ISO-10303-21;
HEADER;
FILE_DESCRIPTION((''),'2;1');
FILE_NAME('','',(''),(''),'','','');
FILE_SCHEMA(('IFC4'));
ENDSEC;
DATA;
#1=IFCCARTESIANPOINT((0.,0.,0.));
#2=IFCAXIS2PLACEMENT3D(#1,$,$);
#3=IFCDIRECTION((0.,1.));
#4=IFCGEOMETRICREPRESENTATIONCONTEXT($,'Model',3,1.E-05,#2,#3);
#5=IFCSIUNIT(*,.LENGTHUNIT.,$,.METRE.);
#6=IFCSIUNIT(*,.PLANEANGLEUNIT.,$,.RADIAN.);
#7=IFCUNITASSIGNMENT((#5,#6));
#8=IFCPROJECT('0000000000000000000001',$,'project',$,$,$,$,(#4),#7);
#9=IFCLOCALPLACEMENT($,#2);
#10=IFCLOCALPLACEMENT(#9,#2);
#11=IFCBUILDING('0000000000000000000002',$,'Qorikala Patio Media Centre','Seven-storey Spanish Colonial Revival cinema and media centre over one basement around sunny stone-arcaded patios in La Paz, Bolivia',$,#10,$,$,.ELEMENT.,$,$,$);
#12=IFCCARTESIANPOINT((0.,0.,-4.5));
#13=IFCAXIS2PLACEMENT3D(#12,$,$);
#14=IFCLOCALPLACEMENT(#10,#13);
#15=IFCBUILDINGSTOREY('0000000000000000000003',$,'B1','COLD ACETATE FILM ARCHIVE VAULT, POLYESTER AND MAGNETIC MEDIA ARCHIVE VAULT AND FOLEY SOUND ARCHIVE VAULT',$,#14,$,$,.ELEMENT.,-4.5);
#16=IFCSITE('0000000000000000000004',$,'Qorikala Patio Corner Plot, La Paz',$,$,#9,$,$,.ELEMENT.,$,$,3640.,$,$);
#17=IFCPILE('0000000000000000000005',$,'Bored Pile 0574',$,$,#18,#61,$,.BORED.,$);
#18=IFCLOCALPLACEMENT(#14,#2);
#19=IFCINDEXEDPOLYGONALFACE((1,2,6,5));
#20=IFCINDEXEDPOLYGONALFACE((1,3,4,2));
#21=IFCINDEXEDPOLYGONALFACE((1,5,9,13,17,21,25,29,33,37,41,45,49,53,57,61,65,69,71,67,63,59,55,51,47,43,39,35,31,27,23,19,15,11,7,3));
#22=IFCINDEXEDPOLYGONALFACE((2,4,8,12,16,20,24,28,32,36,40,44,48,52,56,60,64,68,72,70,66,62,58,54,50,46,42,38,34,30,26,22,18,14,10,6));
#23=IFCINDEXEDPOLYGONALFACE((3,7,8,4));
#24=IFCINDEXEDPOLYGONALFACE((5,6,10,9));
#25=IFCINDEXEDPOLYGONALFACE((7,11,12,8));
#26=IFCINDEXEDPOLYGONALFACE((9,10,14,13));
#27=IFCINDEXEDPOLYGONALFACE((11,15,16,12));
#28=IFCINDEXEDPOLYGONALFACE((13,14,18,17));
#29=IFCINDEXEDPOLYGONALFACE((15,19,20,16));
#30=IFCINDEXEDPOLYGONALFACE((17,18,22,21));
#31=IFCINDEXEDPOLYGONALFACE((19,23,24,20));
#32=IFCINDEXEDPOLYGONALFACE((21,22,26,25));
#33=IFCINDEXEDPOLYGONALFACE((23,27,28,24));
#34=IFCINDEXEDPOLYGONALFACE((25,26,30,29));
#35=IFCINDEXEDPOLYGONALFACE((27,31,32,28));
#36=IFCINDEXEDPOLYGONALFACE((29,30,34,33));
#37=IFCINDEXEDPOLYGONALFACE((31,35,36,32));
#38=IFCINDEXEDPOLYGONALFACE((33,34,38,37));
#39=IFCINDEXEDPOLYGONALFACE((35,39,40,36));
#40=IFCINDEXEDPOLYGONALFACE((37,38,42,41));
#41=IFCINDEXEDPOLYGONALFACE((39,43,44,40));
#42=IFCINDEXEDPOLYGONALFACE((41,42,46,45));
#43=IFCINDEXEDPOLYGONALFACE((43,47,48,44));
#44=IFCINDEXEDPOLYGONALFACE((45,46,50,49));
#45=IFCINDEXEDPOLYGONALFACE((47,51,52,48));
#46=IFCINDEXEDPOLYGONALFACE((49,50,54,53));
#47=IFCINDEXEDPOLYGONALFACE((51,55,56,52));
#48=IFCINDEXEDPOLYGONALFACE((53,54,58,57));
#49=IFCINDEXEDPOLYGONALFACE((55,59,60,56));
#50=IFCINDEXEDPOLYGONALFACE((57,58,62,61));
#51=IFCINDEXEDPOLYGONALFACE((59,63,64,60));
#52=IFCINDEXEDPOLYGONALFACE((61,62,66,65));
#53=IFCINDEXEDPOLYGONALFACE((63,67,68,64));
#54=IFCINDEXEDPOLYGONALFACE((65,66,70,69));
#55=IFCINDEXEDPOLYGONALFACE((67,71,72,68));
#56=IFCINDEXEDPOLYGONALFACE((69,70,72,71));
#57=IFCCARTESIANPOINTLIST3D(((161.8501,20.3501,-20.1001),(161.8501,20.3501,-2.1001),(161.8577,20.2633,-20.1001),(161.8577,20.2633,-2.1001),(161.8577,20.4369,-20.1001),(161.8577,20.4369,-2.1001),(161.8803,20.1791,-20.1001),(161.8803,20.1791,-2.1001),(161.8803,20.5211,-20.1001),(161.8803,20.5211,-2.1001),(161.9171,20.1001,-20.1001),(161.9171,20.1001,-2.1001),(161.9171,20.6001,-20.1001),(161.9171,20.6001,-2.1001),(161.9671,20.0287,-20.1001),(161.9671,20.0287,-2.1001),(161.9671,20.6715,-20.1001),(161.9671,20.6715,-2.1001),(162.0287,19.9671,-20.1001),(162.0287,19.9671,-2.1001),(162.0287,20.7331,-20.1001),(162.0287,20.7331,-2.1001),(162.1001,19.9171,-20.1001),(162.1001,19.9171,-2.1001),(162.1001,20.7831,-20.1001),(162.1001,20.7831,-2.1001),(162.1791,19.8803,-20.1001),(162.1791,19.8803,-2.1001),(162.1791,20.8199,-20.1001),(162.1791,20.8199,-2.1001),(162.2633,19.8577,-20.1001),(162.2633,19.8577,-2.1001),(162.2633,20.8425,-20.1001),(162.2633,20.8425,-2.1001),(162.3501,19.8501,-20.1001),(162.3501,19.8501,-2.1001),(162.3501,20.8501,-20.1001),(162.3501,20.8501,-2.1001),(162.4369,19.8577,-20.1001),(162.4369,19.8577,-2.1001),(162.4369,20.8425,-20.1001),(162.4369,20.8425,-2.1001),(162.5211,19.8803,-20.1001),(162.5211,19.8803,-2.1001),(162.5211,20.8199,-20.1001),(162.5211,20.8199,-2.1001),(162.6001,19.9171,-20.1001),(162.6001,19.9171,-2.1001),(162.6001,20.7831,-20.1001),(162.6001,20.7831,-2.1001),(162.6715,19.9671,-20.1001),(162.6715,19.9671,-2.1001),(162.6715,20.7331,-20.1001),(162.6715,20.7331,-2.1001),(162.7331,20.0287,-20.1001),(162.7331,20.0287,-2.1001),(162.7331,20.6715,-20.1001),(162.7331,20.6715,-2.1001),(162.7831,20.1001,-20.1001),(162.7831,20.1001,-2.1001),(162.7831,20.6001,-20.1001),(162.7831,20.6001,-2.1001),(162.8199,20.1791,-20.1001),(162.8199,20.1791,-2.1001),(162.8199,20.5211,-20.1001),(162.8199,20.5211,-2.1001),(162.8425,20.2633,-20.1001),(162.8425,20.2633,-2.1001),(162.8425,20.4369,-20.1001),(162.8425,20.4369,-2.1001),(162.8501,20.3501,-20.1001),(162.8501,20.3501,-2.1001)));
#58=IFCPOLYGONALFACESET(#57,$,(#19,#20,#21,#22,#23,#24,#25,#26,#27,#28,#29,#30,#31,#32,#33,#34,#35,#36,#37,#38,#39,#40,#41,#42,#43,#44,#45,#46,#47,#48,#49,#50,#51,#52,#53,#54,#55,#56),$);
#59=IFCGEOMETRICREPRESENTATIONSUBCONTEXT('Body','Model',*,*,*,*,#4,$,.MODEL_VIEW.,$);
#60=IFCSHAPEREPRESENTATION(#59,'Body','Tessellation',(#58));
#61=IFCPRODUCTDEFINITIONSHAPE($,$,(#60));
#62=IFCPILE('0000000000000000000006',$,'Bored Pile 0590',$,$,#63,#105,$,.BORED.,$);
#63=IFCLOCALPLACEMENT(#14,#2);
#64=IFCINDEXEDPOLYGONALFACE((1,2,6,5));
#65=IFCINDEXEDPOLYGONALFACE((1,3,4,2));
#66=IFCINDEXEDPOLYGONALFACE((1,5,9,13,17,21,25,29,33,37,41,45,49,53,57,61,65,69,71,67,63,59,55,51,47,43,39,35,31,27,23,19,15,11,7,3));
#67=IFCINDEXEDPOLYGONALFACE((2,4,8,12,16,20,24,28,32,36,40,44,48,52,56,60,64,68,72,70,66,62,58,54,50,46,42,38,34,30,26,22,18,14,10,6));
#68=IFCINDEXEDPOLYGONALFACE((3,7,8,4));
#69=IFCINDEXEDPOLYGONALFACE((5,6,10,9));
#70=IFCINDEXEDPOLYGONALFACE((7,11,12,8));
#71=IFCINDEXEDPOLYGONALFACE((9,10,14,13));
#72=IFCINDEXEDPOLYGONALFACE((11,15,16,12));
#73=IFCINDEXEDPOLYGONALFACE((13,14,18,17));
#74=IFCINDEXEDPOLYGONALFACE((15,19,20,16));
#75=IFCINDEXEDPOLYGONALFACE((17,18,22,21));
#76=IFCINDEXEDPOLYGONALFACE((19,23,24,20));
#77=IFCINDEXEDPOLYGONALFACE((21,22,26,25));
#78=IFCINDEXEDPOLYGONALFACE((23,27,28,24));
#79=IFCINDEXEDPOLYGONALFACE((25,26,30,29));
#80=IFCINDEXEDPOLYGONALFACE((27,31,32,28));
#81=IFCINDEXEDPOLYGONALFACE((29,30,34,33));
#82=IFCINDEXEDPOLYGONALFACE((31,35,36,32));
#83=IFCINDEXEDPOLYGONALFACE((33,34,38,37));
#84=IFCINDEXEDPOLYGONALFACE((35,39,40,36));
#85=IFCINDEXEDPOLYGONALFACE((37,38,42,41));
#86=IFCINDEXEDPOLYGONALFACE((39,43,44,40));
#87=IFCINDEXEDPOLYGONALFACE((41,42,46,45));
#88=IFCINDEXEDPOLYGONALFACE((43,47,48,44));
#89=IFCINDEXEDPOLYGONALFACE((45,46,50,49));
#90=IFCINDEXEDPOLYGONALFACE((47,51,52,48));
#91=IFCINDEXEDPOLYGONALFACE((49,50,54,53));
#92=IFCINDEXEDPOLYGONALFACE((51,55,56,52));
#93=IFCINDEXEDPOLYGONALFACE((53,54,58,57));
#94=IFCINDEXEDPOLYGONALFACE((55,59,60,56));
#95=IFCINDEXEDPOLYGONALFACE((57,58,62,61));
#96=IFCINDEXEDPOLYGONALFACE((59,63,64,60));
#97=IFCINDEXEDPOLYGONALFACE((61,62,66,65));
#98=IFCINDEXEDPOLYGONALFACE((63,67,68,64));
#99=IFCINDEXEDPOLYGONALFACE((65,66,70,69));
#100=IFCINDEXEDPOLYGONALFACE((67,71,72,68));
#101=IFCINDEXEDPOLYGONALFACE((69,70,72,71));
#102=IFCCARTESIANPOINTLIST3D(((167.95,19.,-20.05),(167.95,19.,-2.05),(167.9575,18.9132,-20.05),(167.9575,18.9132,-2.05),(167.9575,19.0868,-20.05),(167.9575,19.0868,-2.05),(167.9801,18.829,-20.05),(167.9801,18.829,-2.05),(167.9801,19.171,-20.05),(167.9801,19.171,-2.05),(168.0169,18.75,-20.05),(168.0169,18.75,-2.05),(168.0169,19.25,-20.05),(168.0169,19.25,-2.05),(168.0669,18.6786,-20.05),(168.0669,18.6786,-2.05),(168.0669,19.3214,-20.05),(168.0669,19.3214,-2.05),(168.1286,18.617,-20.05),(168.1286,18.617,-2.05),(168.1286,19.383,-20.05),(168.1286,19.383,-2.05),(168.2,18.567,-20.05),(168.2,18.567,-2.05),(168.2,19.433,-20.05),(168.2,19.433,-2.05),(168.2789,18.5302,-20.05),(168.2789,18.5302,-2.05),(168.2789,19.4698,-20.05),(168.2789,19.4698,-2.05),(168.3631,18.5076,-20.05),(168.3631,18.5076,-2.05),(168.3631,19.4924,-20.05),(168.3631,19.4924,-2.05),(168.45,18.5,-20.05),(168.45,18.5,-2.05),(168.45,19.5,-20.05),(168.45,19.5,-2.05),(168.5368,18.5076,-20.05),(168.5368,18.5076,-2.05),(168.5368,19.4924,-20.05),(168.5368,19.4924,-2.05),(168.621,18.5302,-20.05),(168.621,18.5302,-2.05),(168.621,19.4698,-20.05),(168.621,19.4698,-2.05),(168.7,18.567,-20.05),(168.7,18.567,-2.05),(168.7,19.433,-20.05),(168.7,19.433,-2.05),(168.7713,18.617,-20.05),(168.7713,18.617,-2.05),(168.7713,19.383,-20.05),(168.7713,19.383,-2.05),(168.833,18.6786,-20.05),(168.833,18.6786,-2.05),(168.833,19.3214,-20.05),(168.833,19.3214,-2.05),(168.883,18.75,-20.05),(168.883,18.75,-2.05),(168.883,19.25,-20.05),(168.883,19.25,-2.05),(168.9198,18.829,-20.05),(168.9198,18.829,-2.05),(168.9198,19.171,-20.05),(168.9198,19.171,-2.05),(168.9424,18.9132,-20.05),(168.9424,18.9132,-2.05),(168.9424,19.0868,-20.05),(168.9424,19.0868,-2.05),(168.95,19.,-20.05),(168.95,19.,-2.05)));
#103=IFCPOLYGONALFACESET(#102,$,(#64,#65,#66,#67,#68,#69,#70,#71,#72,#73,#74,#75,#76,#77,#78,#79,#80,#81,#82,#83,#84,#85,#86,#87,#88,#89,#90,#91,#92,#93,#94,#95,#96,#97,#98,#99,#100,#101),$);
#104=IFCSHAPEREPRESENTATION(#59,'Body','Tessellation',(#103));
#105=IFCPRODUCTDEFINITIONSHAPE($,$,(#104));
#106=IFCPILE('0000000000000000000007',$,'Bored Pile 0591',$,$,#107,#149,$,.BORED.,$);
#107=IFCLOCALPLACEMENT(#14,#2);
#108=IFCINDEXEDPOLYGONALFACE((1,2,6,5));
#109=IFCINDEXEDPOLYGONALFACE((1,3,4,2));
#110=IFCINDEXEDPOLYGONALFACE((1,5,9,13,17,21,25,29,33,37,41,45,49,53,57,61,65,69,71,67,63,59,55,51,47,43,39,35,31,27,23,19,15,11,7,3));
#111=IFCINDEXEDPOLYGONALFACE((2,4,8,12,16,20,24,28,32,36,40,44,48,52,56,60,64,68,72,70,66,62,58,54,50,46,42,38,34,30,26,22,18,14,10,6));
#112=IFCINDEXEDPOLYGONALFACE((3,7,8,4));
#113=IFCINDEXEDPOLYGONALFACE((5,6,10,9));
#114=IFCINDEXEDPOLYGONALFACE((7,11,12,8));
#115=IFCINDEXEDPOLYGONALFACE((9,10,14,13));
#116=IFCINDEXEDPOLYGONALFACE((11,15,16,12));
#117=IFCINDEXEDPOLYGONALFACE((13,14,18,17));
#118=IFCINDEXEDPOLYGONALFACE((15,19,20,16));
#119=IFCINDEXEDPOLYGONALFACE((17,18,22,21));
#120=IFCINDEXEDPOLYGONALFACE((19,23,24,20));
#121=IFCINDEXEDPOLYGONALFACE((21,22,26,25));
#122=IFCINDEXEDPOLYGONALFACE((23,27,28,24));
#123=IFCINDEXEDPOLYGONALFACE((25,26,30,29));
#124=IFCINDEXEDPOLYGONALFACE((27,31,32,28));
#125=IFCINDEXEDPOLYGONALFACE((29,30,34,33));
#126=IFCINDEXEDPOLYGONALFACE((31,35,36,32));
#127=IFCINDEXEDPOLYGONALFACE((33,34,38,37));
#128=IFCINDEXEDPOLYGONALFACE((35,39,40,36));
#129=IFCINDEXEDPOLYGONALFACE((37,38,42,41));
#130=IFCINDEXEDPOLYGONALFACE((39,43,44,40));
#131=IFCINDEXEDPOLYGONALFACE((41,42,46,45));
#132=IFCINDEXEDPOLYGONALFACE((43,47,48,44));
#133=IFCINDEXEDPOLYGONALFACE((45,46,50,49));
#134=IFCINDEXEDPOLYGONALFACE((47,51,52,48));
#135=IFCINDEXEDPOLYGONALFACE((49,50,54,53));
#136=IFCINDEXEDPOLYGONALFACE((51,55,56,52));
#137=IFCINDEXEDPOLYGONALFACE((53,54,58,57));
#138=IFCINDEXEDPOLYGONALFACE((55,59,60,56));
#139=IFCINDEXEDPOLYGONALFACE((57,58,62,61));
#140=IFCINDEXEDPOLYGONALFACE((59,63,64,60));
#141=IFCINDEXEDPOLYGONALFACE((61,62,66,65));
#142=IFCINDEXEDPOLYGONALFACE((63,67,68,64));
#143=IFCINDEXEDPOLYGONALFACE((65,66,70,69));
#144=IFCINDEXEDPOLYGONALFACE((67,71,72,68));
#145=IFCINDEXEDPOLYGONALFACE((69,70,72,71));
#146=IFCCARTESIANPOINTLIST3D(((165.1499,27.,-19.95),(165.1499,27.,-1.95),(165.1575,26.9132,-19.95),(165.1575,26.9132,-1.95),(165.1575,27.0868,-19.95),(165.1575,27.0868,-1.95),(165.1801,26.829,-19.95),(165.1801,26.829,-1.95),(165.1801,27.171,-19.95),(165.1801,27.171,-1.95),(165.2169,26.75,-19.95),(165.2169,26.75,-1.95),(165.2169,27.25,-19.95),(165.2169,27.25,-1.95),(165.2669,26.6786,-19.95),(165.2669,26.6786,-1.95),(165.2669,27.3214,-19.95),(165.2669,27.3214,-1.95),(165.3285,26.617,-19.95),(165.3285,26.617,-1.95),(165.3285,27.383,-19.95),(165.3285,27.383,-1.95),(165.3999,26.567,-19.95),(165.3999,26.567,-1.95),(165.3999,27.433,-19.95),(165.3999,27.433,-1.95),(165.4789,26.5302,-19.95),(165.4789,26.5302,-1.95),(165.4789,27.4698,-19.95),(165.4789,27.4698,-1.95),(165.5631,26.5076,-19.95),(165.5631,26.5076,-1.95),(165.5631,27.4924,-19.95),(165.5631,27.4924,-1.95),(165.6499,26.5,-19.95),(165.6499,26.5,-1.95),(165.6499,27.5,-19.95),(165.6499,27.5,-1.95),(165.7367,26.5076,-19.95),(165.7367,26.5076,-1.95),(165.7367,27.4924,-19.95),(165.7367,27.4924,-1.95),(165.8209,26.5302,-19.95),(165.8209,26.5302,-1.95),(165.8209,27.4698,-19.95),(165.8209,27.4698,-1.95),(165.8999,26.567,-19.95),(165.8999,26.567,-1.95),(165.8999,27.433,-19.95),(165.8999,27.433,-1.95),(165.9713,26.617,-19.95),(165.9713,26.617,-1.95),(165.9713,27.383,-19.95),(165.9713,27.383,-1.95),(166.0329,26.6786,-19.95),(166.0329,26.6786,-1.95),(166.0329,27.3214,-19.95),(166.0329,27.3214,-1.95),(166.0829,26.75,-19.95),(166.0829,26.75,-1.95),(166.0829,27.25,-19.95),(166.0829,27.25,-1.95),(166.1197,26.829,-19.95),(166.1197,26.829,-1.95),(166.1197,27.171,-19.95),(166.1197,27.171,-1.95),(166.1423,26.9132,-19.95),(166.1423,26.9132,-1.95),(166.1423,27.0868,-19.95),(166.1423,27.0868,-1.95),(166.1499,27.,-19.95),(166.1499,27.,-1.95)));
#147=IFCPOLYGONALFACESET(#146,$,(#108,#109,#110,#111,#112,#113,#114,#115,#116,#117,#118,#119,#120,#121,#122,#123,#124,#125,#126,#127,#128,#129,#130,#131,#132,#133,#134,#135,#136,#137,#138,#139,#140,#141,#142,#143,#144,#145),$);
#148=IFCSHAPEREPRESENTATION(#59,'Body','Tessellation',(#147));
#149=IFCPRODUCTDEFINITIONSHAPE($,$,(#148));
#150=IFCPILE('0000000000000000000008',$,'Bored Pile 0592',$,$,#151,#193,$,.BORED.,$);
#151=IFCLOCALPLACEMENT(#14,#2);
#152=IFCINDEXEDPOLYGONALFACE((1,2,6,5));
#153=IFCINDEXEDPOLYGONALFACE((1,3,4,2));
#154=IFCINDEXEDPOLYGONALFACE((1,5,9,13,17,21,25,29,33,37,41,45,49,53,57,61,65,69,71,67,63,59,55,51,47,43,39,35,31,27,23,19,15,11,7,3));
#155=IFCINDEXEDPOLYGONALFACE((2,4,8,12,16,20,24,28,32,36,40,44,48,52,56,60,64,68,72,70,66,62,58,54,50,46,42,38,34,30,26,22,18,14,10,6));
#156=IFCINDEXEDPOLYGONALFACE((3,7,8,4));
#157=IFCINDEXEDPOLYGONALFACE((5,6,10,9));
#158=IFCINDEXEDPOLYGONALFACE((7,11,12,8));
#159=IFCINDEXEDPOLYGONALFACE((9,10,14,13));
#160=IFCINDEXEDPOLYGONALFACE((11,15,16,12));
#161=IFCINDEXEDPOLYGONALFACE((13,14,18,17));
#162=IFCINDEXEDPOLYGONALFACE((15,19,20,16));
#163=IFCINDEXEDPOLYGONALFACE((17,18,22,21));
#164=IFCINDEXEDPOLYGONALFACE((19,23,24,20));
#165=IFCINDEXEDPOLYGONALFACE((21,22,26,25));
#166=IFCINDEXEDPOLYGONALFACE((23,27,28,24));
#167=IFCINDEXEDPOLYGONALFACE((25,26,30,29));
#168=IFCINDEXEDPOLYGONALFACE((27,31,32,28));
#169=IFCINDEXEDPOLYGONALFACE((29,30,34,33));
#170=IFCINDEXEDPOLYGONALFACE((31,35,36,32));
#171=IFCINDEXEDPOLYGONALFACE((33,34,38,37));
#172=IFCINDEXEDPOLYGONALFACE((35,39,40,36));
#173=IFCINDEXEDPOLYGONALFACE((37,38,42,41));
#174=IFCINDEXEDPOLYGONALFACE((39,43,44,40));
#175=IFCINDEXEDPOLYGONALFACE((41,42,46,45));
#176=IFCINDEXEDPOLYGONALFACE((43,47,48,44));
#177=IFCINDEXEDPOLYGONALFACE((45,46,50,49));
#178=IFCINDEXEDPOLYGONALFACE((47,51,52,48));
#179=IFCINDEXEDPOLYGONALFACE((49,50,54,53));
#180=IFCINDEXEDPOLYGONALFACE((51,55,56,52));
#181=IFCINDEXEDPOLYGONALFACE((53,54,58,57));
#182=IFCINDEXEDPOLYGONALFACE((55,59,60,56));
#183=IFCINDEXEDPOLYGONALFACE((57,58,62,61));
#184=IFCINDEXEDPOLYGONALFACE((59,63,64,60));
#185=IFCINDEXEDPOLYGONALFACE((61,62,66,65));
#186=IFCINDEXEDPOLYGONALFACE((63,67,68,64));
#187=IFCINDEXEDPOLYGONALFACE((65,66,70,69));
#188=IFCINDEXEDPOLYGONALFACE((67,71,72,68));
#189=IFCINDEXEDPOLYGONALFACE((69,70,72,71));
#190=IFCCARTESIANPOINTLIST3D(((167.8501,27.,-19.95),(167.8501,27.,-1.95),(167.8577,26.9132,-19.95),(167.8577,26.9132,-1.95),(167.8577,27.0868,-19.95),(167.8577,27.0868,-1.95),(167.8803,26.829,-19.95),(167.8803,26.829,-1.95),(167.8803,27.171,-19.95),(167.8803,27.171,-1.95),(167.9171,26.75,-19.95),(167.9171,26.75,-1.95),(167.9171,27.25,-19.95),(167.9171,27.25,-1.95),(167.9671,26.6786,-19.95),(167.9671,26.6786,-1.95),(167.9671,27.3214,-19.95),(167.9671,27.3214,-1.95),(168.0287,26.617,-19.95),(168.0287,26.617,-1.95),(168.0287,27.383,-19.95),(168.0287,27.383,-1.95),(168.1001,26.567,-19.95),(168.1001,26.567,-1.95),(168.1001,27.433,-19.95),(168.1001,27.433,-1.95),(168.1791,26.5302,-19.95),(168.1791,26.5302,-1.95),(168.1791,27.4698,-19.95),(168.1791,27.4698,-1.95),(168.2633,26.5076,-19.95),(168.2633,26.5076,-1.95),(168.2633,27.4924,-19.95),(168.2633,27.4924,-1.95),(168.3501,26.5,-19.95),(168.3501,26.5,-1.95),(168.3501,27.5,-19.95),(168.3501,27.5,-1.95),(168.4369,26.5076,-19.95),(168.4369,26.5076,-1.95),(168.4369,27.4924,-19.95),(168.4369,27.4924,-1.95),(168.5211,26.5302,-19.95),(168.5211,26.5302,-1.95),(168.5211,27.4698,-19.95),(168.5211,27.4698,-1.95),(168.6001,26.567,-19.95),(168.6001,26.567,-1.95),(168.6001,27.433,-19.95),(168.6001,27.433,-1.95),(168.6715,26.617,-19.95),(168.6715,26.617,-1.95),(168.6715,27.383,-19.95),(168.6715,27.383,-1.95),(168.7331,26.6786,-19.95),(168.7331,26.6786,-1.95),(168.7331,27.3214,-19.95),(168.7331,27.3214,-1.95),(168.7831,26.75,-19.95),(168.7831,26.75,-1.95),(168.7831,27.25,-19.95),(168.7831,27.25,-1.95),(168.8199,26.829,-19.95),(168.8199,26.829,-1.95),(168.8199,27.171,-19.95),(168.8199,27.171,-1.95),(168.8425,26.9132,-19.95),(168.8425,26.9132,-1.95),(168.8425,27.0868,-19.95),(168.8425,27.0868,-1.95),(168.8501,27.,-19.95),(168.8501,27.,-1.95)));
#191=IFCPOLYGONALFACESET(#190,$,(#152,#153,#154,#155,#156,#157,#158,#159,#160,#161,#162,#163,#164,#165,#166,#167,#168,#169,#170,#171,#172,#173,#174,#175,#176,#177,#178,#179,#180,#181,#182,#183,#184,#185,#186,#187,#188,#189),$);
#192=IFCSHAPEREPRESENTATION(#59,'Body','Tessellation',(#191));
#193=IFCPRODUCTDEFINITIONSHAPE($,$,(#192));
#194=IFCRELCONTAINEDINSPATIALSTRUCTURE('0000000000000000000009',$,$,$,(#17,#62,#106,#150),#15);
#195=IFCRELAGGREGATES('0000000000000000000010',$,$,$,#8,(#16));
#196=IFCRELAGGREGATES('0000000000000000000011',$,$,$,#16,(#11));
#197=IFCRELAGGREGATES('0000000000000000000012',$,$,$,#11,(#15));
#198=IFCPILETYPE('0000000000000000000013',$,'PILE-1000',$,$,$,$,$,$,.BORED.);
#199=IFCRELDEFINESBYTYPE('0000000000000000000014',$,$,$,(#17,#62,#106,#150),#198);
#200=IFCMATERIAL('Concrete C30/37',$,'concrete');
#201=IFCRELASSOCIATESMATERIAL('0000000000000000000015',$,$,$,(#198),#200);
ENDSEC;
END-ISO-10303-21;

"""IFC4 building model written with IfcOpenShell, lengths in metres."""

from ifc_helpers import new_model, si_unit, direction, frame, origin, origin_2d, place, context, subcontext, project, spatial, circle, extrude, material, material_profile, profile_set, type_object, element, save


model = new_model("IFC4")

# Units and contexts
model_context = context("Model", 3, precision=1e-05, world=origin(), true_north=direction((0.0, 1.0)))
body_context = subcontext(model_context, "Body", "Model", "MODEL_VIEW")
ifc_project = project(units=[si_unit("LENGTHUNIT", "METRE"), si_unit("PLANEANGLEUNIT", "RADIAN")], contexts=[model_context])

# Site, building, storey
site_placement = place(None, origin())
site = spatial("IfcSite", under=ifc_project, at=site_placement, Name="Qorikala Patio Corner Plot, La Paz", CompositionType="ELEMENT", RefElevation=3640.0)
building_placement = place(site_placement, origin())
building = spatial("IfcBuilding", under=site, at=building_placement, Name="Qorikala Patio Media Centre", Description="Seven-storey Spanish Colonial Revival cinema and media centre over one basement around sunny stone-arcaded patios in La Paz, Bolivia", CompositionType="ELEMENT")
storey_placement = place(building_placement, frame((0.0, 0.0, -4.5)))
storey = spatial("IfcBuildingStorey", under=building, at=storey_placement, Name="B1", Description="COLD ACETATE FILM ARCHIVE VAULT, POLYESTER AND MAGNETIC MEDIA ARCHIVE VAULT AND FOLEY SOUND ARCHIVE VAULT", CompositionType="ELEMENT", Elevation=-4.5)

# Shared definitions
ifc_material_1 = material(Name="Concrete C30/37", Category="concrete")

# Piles
ifc_material_profile_1 = material_profile(ifc_material_1, circle(Radius=0.5, at=origin_2d()), Name="BORED PILE 1000")
ifc_profile_set_1 = profile_set([ifc_material_profile_1], Name="Concrete C30/37")
pile_type_1 = type_object("IfcPileType", Name="PILE-1000", PredefinedType="BORED", material=ifc_profile_set_1)
for number, where, z_axis, x_axis, name in (
    (1, (162.3501, 20.3501, -2.1001), (0.0, 0.0, -1.0), (1.0, 0.0, 0.0), "Bored Pile 0574"),
    (2, (168.45, 19.0, -2.05), (0.0, 0.0, -1.0), (1.0, 0.0, 0.0), "Bored Pile 0590"),
    (3, (165.6499, 27.0, -1.95), (0.0, 0.0, -1.0), (1.0, 0.0, 0.0), "Bored Pile 0591"),
    (4, (168.3501, 27.0, -1.95), (0.0, 0.0, -1.0), (1.0, 0.0, 0.0), "Bored Pile 0592"),
):
    element("IfcPile", number, at=place(storey_placement, frame(where, z_axis=z_axis, x_axis=x_axis)), inside=storey, type_object=pile_type_1, Name=name, PredefinedType="BORED", context=body_context, shape_type="SweptSolid", body=[
        extrude(circle(Radius=0.5, at=origin_2d()), origin(), (0.0, 0.0, 1.0), 18.0),
    ])

save(model, "model.ifc")
